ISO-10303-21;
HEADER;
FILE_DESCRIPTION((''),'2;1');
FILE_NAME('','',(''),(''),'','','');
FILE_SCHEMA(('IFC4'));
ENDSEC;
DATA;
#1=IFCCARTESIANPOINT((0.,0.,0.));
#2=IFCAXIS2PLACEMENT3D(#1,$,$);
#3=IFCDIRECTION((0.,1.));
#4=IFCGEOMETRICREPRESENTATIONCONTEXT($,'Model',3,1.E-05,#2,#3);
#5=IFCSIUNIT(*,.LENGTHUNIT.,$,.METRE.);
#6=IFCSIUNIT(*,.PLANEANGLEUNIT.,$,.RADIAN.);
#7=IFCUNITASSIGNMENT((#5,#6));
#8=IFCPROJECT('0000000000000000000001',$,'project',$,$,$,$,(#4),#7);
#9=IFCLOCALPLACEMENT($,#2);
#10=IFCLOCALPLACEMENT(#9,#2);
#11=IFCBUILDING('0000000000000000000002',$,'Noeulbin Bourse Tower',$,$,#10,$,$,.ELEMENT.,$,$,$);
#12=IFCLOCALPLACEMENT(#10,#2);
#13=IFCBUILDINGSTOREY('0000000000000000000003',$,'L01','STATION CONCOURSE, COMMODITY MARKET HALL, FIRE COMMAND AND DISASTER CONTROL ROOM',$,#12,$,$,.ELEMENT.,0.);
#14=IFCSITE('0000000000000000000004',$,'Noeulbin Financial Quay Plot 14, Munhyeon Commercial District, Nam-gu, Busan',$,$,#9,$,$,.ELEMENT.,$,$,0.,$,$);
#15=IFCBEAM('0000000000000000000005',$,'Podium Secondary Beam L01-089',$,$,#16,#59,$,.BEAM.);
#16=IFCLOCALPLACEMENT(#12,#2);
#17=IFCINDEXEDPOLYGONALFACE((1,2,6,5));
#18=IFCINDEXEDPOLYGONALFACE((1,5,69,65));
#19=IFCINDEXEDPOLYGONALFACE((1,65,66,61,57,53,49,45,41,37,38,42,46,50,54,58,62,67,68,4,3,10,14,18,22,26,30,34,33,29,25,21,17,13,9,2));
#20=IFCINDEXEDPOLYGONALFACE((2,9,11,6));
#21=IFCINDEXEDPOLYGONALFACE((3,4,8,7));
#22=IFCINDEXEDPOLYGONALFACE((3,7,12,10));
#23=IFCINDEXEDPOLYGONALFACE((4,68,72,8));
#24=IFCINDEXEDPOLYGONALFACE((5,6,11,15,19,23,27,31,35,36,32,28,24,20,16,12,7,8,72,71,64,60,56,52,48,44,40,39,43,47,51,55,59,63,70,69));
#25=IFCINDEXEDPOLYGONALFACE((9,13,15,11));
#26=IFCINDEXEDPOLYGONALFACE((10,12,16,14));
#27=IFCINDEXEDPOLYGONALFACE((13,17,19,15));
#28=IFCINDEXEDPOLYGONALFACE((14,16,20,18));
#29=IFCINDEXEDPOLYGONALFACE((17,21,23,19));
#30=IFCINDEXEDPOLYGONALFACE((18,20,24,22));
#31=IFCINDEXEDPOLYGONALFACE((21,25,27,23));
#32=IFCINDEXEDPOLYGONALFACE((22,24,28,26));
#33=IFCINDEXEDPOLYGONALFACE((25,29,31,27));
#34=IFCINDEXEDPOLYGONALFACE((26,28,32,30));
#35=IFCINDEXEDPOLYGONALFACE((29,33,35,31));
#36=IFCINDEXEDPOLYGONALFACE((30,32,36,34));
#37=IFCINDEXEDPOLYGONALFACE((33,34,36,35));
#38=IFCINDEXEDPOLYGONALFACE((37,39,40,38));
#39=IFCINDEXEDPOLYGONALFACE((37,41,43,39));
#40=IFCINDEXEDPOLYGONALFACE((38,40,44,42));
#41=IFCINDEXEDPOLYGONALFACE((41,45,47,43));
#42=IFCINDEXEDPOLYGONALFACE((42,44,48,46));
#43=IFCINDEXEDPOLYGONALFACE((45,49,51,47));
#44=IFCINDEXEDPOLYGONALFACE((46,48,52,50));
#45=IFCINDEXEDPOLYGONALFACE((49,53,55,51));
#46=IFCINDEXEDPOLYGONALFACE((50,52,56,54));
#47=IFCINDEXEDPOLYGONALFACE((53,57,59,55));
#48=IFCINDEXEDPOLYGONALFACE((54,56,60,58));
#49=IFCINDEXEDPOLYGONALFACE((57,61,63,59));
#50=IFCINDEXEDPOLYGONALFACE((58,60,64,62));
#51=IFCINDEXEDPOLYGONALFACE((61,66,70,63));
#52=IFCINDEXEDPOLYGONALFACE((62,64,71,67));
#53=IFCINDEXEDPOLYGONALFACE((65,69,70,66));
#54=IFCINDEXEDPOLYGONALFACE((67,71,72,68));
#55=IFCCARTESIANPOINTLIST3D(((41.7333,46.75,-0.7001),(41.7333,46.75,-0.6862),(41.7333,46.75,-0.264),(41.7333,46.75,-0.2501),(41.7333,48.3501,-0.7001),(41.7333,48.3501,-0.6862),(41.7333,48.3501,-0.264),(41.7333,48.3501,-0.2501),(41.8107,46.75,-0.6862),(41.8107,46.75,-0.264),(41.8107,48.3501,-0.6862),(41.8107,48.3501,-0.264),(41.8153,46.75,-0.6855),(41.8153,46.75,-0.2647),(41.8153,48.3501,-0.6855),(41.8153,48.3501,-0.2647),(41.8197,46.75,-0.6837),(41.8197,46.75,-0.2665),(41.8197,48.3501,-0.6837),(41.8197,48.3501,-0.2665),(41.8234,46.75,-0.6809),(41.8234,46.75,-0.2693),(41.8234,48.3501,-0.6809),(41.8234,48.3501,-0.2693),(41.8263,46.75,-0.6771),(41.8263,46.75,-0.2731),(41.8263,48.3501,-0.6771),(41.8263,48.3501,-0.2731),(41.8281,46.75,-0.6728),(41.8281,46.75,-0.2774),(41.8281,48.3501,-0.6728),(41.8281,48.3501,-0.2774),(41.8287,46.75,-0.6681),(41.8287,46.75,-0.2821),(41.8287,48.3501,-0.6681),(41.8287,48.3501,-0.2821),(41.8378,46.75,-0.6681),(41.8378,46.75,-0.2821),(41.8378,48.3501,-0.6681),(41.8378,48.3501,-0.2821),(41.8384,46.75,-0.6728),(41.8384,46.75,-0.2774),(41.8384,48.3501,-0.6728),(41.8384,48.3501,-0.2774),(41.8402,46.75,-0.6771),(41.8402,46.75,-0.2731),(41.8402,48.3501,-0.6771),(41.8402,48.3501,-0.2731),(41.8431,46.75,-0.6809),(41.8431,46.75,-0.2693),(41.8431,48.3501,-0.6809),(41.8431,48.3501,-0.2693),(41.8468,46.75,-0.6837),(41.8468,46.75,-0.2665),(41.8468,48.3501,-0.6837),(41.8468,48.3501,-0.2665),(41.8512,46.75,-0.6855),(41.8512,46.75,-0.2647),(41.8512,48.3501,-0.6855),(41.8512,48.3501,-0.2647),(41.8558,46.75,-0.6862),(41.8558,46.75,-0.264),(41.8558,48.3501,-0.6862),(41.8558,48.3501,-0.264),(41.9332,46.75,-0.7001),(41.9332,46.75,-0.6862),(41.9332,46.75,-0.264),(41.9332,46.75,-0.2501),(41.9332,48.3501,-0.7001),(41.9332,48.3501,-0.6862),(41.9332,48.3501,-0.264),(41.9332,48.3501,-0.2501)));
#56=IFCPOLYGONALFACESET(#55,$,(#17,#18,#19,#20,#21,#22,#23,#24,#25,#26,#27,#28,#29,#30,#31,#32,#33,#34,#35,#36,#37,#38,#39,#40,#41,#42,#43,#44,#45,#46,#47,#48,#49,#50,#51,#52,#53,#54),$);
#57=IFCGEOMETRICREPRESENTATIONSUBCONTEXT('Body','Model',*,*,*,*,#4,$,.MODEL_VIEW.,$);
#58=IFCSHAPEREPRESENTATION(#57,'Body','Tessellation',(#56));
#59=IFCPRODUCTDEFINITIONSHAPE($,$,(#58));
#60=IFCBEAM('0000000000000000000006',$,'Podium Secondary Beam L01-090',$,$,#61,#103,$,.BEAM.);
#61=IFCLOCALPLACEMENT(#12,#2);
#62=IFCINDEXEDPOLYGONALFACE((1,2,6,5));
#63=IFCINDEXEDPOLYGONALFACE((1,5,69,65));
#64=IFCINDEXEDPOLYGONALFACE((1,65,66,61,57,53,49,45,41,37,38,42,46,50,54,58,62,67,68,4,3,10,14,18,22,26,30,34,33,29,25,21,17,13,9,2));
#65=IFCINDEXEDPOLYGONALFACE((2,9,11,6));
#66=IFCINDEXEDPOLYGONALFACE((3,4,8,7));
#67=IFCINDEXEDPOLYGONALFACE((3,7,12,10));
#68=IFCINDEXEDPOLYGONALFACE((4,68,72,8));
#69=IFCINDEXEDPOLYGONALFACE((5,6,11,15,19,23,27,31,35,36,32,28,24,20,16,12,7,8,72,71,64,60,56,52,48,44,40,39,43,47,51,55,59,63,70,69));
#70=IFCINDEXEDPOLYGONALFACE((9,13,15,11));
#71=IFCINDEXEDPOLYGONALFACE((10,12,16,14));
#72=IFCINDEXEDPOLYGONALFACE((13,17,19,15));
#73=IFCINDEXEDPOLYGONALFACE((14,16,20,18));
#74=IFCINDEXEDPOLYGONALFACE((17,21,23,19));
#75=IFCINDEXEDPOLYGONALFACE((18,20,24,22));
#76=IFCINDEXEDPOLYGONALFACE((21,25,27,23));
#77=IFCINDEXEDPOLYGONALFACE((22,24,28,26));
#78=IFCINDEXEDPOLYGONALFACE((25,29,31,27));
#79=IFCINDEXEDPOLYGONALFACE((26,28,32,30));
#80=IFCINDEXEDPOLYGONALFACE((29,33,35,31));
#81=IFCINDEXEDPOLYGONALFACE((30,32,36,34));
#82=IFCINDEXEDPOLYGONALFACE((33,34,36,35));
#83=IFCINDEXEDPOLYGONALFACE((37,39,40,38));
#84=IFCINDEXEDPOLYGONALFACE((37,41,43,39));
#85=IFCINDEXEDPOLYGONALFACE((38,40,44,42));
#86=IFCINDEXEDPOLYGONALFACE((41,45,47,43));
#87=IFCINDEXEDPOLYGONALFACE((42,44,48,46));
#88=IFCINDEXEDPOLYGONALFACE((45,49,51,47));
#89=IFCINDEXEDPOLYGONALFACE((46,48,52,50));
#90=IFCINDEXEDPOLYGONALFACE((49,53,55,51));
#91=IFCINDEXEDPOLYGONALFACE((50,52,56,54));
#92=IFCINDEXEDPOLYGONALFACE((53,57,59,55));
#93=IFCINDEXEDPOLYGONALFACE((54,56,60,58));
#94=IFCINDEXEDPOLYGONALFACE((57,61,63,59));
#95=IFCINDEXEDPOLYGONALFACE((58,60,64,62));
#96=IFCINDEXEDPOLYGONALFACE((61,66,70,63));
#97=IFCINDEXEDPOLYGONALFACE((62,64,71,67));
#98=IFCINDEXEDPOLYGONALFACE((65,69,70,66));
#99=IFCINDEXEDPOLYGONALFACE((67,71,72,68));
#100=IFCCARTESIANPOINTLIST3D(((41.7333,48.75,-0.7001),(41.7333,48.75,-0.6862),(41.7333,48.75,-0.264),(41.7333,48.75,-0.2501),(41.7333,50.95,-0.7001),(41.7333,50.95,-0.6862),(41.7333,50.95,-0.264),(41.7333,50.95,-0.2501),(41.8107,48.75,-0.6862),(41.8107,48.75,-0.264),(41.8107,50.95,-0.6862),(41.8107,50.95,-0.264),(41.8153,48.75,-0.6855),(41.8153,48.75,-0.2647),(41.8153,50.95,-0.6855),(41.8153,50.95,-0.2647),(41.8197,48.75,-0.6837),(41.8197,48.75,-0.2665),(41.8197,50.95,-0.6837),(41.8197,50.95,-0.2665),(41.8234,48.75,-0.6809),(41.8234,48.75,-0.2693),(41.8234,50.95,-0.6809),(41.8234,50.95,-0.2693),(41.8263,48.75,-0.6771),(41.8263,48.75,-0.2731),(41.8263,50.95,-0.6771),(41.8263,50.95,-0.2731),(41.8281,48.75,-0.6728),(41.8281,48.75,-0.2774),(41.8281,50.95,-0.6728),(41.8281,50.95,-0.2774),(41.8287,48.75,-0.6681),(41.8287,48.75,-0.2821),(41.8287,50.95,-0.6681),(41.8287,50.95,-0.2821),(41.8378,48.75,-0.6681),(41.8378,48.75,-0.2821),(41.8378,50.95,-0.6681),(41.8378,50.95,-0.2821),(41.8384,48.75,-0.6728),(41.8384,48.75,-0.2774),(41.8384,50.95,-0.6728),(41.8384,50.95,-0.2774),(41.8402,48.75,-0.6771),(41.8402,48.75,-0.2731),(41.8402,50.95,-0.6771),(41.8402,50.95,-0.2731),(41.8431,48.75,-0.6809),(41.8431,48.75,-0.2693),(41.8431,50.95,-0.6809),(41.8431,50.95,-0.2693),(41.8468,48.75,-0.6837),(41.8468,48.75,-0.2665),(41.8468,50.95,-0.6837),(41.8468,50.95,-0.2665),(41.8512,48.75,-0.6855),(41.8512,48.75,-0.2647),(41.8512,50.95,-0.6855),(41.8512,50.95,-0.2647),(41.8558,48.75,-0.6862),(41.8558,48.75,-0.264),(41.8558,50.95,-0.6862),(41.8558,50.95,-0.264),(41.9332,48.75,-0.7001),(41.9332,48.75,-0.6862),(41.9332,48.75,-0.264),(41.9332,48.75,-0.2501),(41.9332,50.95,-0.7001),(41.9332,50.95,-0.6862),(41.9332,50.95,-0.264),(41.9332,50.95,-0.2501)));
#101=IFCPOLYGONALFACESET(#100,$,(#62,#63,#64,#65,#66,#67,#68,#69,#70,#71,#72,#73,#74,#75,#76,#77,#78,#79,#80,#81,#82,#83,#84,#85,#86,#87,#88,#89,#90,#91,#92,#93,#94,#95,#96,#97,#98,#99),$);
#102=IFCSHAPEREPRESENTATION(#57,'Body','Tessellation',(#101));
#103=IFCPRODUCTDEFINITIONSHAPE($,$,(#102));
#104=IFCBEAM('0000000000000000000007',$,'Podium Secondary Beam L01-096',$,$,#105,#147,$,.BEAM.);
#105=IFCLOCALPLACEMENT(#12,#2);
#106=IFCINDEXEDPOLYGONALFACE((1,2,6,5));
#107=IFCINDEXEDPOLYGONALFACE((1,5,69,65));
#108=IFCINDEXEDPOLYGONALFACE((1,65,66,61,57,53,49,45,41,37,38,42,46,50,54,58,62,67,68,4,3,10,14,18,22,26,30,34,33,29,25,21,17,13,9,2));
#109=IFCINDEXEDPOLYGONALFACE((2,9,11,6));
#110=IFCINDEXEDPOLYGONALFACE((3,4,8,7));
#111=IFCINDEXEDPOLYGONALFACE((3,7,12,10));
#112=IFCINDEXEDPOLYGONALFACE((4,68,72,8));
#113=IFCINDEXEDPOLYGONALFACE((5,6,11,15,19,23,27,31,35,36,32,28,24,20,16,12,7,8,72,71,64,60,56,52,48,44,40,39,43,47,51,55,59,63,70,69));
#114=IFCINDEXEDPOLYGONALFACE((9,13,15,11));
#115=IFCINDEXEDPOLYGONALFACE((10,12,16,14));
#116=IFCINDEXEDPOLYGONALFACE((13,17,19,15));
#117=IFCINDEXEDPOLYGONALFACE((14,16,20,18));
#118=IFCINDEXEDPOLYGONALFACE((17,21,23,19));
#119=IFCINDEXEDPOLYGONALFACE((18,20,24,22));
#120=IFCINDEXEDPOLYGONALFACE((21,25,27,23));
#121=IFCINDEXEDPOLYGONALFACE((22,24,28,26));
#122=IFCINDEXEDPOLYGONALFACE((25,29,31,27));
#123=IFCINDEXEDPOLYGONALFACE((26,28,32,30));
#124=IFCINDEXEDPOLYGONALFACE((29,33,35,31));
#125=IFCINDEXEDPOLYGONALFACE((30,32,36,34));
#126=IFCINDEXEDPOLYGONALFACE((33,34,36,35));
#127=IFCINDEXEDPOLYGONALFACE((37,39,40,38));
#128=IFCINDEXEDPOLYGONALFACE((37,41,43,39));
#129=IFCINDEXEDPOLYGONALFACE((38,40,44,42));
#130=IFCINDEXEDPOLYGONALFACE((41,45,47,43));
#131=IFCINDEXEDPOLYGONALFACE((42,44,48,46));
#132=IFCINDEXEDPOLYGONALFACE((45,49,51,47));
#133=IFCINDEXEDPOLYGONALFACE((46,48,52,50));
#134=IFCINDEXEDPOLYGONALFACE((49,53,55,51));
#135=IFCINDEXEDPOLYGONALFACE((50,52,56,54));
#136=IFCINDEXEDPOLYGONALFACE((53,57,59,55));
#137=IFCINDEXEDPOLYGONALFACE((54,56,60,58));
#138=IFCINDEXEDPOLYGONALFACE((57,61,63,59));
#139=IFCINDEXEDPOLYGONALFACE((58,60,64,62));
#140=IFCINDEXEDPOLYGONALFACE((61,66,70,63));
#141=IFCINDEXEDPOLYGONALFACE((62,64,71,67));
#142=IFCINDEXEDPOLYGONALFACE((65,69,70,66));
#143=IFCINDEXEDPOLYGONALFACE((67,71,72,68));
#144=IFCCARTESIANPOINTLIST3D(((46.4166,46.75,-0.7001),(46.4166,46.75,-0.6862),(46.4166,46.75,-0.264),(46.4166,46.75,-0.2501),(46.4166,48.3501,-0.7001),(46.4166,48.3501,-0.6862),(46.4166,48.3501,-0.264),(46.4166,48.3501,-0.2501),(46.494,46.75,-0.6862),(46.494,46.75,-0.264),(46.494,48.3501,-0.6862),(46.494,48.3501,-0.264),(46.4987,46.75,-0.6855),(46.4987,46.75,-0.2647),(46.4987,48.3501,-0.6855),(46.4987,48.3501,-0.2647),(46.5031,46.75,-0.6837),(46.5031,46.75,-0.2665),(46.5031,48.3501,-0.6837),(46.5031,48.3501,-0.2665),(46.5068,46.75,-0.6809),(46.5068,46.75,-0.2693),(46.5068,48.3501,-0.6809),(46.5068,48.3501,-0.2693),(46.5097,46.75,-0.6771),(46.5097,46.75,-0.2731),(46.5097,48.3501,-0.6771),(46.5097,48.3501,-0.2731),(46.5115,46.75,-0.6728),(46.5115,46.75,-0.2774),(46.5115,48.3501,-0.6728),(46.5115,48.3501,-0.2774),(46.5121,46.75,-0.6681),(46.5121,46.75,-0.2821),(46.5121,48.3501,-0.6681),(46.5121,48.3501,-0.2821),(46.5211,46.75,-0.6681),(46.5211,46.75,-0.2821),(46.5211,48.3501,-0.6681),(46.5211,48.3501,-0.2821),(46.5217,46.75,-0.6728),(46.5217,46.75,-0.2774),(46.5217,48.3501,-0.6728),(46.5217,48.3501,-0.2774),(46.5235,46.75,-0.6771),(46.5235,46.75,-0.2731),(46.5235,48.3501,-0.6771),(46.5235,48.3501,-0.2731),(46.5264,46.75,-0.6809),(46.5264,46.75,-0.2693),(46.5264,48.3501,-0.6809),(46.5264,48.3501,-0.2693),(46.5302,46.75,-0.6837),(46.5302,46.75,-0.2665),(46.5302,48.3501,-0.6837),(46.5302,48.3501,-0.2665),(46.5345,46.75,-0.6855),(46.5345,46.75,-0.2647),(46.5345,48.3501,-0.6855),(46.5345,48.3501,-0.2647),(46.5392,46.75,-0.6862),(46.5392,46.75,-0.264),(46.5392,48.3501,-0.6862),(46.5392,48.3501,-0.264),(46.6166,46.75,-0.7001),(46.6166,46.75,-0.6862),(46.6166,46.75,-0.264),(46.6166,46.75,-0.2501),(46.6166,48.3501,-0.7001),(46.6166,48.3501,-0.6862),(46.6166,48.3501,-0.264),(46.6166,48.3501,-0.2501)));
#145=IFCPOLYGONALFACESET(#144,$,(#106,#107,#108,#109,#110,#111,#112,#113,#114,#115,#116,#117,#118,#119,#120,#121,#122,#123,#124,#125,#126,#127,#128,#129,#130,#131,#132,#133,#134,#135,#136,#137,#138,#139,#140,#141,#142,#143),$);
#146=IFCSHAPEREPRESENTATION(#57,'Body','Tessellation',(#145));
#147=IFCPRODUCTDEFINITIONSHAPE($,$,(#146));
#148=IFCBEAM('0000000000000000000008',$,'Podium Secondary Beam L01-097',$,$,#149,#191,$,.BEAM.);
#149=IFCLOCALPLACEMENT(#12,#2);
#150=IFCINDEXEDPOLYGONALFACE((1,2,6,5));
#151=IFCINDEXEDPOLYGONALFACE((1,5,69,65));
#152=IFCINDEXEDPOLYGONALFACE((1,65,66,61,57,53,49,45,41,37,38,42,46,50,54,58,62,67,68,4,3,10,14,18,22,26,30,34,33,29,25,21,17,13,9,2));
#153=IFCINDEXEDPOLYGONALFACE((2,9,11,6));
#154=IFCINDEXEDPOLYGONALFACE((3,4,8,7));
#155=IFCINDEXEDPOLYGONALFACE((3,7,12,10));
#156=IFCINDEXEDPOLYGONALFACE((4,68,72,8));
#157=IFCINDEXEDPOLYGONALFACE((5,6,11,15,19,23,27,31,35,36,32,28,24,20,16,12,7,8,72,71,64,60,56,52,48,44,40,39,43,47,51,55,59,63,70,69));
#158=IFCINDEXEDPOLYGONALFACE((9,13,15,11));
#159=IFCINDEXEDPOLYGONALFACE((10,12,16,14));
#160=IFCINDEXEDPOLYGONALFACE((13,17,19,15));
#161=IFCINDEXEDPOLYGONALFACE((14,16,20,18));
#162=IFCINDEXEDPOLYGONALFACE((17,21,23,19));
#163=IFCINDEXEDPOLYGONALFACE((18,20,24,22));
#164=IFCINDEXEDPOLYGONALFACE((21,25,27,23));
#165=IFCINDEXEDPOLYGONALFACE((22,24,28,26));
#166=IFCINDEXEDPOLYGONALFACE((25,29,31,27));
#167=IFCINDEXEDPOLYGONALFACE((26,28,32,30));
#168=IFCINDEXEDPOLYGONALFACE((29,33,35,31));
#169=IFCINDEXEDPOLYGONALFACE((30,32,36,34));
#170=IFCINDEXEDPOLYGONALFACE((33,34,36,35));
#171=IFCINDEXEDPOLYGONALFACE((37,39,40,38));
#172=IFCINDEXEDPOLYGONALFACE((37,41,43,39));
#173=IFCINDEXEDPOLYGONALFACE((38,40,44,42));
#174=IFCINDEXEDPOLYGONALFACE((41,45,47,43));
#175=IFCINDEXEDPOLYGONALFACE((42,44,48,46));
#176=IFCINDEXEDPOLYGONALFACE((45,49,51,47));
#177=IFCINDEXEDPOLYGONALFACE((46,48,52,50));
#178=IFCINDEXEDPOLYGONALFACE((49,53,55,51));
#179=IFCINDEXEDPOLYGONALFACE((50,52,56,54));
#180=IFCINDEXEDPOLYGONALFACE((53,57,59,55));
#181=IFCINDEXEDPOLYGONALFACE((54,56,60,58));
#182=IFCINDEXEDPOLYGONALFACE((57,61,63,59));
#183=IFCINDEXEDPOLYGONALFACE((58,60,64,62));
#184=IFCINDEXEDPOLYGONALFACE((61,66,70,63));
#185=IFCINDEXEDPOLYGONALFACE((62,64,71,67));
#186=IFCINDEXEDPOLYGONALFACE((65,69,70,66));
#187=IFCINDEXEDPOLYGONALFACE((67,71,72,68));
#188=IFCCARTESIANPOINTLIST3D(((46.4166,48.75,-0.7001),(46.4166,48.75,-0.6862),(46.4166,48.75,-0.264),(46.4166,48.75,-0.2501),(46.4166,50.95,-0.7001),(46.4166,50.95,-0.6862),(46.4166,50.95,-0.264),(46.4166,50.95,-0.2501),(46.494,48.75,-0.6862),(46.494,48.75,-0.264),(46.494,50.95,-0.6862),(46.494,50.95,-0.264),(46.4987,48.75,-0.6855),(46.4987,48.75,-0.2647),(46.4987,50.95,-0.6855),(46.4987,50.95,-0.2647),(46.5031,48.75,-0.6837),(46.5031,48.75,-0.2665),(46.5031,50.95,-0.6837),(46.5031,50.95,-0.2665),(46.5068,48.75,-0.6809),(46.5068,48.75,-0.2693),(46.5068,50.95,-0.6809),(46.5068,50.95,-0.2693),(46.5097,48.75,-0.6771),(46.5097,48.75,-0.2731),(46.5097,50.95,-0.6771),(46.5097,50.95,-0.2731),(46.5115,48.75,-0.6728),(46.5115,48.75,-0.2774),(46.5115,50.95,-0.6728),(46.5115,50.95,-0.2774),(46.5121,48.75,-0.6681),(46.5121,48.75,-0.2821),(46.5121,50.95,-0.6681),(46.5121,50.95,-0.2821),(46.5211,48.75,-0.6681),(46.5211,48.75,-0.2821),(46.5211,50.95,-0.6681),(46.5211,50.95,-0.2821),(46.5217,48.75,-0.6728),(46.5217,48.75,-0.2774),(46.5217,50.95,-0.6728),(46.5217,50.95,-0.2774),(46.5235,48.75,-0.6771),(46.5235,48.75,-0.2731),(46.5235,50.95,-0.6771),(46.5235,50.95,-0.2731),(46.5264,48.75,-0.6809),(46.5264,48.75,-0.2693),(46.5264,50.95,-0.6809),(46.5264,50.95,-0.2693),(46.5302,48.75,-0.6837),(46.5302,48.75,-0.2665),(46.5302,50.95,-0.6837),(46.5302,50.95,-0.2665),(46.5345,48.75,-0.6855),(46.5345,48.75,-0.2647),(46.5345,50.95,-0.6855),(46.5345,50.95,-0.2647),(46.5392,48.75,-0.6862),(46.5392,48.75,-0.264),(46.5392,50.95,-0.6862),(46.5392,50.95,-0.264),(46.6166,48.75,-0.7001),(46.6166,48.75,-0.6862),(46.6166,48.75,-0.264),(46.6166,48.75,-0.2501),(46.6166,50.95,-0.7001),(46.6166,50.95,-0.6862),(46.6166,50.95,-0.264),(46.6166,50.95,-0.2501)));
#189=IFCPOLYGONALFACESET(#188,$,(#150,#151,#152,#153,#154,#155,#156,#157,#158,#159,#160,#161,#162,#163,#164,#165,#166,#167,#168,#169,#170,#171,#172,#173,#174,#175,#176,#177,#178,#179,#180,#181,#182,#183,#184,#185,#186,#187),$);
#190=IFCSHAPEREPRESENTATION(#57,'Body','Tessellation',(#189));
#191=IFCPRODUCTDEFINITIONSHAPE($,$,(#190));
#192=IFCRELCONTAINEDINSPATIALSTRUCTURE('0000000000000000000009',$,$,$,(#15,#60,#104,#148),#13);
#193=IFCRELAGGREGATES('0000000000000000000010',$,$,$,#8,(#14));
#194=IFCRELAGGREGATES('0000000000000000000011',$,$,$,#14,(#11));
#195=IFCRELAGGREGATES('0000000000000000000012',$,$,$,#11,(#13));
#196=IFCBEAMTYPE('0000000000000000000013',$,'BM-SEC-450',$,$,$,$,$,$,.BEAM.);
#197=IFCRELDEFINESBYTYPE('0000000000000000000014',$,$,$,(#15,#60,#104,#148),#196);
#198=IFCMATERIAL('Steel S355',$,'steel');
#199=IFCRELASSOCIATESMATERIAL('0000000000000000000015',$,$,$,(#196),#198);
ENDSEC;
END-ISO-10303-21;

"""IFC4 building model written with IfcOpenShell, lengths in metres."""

from ifc_helpers import new_model, si_unit, direction, frame, origin, origin_2d, place, context, subcontext, project, spatial, i_section, extrude, material, material_profile, profile_set, type_object, element, save


model = new_model("IFC4")

# Units and contexts
model_context = context("Model", 3, precision=1e-05, world=origin(), true_north=direction((0.0, 1.0)))
body_context = subcontext(model_context, "Body", "Model", "MODEL_VIEW")
ifc_project = project(units=[si_unit("LENGTHUNIT", "METRE"), si_unit("PLANEANGLEUNIT", "RADIAN")], contexts=[model_context])

# Site, building, storey
site_placement = place(None, origin())
site = spatial("IfcSite", under=ifc_project, at=site_placement, Name="Noeulbin Financial Quay Plot 14, Munhyeon Commercial District, Nam-gu, Busan", CompositionType="ELEMENT", RefElevation=0.0)
building_placement = place(site_placement, origin())
building = spatial("IfcBuilding", under=site, at=building_placement, Name="Noeulbin Bourse Tower", CompositionType="ELEMENT")
storey_placement = place(building_placement, origin())
storey = spatial("IfcBuildingStorey", under=building, at=storey_placement, Name="L01", Description="STATION CONCOURSE, COMMODITY MARKET HALL, FIRE COMMAND AND DISASTER CONTROL ROOM", CompositionType="ELEMENT", Elevation=0.0)

# Beams
ifc_material_1 = material(Name="Steel S355", Category="steel")
ifc_material_profile_1 = material_profile(ifc_material_1, i_section(OverallWidth=0.2, OverallDepth=0.45, WebThickness=0.009, FlangeThickness=0.0139, FilletRadius=0.0181, at=origin_2d()), Name="H-450x200x9x14", Category="LoadBearing")
ifc_profile_set_1 = profile_set([ifc_material_profile_1], Name="Steel S355")
beam_type_1 = type_object("IfcBeamType", Name="BM-SEC-450", PredefinedType="BEAM", material=ifc_profile_set_1)
beam_1_placement = place(storey_placement, frame((41.8333, 46.75, -0.4751), z_axis=(0.0, 1.0, 0.0), x_axis=(-1.0, 0.0, 0.0)))
element("IfcBeam", 1, at=beam_1_placement, inside=storey, type_object=beam_type_1, Name="Podium Secondary Beam L01-089", PredefinedType="BEAM", context=body_context, shape_type="SweptSolid", body=[
    extrude(i_section(OverallWidth=0.2, OverallDepth=0.45, WebThickness=0.009, FlangeThickness=0.0139, FilletRadius=0.0181, at=origin_2d()), origin(), (0.0, 0.0, 1.0), 1.6001),
])
beam_2_placement = place(storey_placement, frame((41.8333, 48.75, -0.4751), z_axis=(0.0, 1.0, 0.0), x_axis=(-1.0, 0.0, 0.0)))
element("IfcBeam", 2, at=beam_2_placement, inside=storey, type_object=beam_type_1, Name="Podium Secondary Beam L01-090", PredefinedType="BEAM", context=body_context, shape_type="SweptSolid", body=[
    extrude(i_section(OverallWidth=0.2, OverallDepth=0.45, WebThickness=0.009, FlangeThickness=0.0139, FilletRadius=0.0181, at=origin_2d()), origin(), (0.0, 0.0, 1.0), 2.2),
])
beam_3_placement = place(storey_placement, frame((46.5166, 46.75, -0.4751), z_axis=(0.0, 1.0, 0.0), x_axis=(-1.0, 0.0, 0.0)))
element("IfcBeam", 3, at=beam_3_placement, inside=storey, type_object=beam_type_1, Name="Podium Secondary Beam L01-096", PredefinedType="BEAM", context=body_context, shape_type="SweptSolid", body=[
    extrude(i_section(OverallWidth=0.2, OverallDepth=0.45, WebThickness=0.009, FlangeThickness=0.0139, FilletRadius=0.0181, at=origin_2d()), origin(), (0.0, 0.0, 1.0), 1.6001),
])
beam_4_placement = place(storey_placement, frame((46.5166, 48.75, -0.4751), z_axis=(0.0, 1.0, 0.0), x_axis=(-1.0, 0.0, 0.0)))
element("IfcBeam", 4, at=beam_4_placement, inside=storey, type_object=beam_type_1, Name="Podium Secondary Beam L01-097", PredefinedType="BEAM", context=body_context, shape_type="SweptSolid", body=[
    extrude(i_section(OverallWidth=0.2, OverallDepth=0.45, WebThickness=0.009, FlangeThickness=0.0139, FilletRadius=0.0181, at=origin_2d()), origin(), (0.0, 0.0, 1.0), 2.2),
])

save(model, "model.ifc")
